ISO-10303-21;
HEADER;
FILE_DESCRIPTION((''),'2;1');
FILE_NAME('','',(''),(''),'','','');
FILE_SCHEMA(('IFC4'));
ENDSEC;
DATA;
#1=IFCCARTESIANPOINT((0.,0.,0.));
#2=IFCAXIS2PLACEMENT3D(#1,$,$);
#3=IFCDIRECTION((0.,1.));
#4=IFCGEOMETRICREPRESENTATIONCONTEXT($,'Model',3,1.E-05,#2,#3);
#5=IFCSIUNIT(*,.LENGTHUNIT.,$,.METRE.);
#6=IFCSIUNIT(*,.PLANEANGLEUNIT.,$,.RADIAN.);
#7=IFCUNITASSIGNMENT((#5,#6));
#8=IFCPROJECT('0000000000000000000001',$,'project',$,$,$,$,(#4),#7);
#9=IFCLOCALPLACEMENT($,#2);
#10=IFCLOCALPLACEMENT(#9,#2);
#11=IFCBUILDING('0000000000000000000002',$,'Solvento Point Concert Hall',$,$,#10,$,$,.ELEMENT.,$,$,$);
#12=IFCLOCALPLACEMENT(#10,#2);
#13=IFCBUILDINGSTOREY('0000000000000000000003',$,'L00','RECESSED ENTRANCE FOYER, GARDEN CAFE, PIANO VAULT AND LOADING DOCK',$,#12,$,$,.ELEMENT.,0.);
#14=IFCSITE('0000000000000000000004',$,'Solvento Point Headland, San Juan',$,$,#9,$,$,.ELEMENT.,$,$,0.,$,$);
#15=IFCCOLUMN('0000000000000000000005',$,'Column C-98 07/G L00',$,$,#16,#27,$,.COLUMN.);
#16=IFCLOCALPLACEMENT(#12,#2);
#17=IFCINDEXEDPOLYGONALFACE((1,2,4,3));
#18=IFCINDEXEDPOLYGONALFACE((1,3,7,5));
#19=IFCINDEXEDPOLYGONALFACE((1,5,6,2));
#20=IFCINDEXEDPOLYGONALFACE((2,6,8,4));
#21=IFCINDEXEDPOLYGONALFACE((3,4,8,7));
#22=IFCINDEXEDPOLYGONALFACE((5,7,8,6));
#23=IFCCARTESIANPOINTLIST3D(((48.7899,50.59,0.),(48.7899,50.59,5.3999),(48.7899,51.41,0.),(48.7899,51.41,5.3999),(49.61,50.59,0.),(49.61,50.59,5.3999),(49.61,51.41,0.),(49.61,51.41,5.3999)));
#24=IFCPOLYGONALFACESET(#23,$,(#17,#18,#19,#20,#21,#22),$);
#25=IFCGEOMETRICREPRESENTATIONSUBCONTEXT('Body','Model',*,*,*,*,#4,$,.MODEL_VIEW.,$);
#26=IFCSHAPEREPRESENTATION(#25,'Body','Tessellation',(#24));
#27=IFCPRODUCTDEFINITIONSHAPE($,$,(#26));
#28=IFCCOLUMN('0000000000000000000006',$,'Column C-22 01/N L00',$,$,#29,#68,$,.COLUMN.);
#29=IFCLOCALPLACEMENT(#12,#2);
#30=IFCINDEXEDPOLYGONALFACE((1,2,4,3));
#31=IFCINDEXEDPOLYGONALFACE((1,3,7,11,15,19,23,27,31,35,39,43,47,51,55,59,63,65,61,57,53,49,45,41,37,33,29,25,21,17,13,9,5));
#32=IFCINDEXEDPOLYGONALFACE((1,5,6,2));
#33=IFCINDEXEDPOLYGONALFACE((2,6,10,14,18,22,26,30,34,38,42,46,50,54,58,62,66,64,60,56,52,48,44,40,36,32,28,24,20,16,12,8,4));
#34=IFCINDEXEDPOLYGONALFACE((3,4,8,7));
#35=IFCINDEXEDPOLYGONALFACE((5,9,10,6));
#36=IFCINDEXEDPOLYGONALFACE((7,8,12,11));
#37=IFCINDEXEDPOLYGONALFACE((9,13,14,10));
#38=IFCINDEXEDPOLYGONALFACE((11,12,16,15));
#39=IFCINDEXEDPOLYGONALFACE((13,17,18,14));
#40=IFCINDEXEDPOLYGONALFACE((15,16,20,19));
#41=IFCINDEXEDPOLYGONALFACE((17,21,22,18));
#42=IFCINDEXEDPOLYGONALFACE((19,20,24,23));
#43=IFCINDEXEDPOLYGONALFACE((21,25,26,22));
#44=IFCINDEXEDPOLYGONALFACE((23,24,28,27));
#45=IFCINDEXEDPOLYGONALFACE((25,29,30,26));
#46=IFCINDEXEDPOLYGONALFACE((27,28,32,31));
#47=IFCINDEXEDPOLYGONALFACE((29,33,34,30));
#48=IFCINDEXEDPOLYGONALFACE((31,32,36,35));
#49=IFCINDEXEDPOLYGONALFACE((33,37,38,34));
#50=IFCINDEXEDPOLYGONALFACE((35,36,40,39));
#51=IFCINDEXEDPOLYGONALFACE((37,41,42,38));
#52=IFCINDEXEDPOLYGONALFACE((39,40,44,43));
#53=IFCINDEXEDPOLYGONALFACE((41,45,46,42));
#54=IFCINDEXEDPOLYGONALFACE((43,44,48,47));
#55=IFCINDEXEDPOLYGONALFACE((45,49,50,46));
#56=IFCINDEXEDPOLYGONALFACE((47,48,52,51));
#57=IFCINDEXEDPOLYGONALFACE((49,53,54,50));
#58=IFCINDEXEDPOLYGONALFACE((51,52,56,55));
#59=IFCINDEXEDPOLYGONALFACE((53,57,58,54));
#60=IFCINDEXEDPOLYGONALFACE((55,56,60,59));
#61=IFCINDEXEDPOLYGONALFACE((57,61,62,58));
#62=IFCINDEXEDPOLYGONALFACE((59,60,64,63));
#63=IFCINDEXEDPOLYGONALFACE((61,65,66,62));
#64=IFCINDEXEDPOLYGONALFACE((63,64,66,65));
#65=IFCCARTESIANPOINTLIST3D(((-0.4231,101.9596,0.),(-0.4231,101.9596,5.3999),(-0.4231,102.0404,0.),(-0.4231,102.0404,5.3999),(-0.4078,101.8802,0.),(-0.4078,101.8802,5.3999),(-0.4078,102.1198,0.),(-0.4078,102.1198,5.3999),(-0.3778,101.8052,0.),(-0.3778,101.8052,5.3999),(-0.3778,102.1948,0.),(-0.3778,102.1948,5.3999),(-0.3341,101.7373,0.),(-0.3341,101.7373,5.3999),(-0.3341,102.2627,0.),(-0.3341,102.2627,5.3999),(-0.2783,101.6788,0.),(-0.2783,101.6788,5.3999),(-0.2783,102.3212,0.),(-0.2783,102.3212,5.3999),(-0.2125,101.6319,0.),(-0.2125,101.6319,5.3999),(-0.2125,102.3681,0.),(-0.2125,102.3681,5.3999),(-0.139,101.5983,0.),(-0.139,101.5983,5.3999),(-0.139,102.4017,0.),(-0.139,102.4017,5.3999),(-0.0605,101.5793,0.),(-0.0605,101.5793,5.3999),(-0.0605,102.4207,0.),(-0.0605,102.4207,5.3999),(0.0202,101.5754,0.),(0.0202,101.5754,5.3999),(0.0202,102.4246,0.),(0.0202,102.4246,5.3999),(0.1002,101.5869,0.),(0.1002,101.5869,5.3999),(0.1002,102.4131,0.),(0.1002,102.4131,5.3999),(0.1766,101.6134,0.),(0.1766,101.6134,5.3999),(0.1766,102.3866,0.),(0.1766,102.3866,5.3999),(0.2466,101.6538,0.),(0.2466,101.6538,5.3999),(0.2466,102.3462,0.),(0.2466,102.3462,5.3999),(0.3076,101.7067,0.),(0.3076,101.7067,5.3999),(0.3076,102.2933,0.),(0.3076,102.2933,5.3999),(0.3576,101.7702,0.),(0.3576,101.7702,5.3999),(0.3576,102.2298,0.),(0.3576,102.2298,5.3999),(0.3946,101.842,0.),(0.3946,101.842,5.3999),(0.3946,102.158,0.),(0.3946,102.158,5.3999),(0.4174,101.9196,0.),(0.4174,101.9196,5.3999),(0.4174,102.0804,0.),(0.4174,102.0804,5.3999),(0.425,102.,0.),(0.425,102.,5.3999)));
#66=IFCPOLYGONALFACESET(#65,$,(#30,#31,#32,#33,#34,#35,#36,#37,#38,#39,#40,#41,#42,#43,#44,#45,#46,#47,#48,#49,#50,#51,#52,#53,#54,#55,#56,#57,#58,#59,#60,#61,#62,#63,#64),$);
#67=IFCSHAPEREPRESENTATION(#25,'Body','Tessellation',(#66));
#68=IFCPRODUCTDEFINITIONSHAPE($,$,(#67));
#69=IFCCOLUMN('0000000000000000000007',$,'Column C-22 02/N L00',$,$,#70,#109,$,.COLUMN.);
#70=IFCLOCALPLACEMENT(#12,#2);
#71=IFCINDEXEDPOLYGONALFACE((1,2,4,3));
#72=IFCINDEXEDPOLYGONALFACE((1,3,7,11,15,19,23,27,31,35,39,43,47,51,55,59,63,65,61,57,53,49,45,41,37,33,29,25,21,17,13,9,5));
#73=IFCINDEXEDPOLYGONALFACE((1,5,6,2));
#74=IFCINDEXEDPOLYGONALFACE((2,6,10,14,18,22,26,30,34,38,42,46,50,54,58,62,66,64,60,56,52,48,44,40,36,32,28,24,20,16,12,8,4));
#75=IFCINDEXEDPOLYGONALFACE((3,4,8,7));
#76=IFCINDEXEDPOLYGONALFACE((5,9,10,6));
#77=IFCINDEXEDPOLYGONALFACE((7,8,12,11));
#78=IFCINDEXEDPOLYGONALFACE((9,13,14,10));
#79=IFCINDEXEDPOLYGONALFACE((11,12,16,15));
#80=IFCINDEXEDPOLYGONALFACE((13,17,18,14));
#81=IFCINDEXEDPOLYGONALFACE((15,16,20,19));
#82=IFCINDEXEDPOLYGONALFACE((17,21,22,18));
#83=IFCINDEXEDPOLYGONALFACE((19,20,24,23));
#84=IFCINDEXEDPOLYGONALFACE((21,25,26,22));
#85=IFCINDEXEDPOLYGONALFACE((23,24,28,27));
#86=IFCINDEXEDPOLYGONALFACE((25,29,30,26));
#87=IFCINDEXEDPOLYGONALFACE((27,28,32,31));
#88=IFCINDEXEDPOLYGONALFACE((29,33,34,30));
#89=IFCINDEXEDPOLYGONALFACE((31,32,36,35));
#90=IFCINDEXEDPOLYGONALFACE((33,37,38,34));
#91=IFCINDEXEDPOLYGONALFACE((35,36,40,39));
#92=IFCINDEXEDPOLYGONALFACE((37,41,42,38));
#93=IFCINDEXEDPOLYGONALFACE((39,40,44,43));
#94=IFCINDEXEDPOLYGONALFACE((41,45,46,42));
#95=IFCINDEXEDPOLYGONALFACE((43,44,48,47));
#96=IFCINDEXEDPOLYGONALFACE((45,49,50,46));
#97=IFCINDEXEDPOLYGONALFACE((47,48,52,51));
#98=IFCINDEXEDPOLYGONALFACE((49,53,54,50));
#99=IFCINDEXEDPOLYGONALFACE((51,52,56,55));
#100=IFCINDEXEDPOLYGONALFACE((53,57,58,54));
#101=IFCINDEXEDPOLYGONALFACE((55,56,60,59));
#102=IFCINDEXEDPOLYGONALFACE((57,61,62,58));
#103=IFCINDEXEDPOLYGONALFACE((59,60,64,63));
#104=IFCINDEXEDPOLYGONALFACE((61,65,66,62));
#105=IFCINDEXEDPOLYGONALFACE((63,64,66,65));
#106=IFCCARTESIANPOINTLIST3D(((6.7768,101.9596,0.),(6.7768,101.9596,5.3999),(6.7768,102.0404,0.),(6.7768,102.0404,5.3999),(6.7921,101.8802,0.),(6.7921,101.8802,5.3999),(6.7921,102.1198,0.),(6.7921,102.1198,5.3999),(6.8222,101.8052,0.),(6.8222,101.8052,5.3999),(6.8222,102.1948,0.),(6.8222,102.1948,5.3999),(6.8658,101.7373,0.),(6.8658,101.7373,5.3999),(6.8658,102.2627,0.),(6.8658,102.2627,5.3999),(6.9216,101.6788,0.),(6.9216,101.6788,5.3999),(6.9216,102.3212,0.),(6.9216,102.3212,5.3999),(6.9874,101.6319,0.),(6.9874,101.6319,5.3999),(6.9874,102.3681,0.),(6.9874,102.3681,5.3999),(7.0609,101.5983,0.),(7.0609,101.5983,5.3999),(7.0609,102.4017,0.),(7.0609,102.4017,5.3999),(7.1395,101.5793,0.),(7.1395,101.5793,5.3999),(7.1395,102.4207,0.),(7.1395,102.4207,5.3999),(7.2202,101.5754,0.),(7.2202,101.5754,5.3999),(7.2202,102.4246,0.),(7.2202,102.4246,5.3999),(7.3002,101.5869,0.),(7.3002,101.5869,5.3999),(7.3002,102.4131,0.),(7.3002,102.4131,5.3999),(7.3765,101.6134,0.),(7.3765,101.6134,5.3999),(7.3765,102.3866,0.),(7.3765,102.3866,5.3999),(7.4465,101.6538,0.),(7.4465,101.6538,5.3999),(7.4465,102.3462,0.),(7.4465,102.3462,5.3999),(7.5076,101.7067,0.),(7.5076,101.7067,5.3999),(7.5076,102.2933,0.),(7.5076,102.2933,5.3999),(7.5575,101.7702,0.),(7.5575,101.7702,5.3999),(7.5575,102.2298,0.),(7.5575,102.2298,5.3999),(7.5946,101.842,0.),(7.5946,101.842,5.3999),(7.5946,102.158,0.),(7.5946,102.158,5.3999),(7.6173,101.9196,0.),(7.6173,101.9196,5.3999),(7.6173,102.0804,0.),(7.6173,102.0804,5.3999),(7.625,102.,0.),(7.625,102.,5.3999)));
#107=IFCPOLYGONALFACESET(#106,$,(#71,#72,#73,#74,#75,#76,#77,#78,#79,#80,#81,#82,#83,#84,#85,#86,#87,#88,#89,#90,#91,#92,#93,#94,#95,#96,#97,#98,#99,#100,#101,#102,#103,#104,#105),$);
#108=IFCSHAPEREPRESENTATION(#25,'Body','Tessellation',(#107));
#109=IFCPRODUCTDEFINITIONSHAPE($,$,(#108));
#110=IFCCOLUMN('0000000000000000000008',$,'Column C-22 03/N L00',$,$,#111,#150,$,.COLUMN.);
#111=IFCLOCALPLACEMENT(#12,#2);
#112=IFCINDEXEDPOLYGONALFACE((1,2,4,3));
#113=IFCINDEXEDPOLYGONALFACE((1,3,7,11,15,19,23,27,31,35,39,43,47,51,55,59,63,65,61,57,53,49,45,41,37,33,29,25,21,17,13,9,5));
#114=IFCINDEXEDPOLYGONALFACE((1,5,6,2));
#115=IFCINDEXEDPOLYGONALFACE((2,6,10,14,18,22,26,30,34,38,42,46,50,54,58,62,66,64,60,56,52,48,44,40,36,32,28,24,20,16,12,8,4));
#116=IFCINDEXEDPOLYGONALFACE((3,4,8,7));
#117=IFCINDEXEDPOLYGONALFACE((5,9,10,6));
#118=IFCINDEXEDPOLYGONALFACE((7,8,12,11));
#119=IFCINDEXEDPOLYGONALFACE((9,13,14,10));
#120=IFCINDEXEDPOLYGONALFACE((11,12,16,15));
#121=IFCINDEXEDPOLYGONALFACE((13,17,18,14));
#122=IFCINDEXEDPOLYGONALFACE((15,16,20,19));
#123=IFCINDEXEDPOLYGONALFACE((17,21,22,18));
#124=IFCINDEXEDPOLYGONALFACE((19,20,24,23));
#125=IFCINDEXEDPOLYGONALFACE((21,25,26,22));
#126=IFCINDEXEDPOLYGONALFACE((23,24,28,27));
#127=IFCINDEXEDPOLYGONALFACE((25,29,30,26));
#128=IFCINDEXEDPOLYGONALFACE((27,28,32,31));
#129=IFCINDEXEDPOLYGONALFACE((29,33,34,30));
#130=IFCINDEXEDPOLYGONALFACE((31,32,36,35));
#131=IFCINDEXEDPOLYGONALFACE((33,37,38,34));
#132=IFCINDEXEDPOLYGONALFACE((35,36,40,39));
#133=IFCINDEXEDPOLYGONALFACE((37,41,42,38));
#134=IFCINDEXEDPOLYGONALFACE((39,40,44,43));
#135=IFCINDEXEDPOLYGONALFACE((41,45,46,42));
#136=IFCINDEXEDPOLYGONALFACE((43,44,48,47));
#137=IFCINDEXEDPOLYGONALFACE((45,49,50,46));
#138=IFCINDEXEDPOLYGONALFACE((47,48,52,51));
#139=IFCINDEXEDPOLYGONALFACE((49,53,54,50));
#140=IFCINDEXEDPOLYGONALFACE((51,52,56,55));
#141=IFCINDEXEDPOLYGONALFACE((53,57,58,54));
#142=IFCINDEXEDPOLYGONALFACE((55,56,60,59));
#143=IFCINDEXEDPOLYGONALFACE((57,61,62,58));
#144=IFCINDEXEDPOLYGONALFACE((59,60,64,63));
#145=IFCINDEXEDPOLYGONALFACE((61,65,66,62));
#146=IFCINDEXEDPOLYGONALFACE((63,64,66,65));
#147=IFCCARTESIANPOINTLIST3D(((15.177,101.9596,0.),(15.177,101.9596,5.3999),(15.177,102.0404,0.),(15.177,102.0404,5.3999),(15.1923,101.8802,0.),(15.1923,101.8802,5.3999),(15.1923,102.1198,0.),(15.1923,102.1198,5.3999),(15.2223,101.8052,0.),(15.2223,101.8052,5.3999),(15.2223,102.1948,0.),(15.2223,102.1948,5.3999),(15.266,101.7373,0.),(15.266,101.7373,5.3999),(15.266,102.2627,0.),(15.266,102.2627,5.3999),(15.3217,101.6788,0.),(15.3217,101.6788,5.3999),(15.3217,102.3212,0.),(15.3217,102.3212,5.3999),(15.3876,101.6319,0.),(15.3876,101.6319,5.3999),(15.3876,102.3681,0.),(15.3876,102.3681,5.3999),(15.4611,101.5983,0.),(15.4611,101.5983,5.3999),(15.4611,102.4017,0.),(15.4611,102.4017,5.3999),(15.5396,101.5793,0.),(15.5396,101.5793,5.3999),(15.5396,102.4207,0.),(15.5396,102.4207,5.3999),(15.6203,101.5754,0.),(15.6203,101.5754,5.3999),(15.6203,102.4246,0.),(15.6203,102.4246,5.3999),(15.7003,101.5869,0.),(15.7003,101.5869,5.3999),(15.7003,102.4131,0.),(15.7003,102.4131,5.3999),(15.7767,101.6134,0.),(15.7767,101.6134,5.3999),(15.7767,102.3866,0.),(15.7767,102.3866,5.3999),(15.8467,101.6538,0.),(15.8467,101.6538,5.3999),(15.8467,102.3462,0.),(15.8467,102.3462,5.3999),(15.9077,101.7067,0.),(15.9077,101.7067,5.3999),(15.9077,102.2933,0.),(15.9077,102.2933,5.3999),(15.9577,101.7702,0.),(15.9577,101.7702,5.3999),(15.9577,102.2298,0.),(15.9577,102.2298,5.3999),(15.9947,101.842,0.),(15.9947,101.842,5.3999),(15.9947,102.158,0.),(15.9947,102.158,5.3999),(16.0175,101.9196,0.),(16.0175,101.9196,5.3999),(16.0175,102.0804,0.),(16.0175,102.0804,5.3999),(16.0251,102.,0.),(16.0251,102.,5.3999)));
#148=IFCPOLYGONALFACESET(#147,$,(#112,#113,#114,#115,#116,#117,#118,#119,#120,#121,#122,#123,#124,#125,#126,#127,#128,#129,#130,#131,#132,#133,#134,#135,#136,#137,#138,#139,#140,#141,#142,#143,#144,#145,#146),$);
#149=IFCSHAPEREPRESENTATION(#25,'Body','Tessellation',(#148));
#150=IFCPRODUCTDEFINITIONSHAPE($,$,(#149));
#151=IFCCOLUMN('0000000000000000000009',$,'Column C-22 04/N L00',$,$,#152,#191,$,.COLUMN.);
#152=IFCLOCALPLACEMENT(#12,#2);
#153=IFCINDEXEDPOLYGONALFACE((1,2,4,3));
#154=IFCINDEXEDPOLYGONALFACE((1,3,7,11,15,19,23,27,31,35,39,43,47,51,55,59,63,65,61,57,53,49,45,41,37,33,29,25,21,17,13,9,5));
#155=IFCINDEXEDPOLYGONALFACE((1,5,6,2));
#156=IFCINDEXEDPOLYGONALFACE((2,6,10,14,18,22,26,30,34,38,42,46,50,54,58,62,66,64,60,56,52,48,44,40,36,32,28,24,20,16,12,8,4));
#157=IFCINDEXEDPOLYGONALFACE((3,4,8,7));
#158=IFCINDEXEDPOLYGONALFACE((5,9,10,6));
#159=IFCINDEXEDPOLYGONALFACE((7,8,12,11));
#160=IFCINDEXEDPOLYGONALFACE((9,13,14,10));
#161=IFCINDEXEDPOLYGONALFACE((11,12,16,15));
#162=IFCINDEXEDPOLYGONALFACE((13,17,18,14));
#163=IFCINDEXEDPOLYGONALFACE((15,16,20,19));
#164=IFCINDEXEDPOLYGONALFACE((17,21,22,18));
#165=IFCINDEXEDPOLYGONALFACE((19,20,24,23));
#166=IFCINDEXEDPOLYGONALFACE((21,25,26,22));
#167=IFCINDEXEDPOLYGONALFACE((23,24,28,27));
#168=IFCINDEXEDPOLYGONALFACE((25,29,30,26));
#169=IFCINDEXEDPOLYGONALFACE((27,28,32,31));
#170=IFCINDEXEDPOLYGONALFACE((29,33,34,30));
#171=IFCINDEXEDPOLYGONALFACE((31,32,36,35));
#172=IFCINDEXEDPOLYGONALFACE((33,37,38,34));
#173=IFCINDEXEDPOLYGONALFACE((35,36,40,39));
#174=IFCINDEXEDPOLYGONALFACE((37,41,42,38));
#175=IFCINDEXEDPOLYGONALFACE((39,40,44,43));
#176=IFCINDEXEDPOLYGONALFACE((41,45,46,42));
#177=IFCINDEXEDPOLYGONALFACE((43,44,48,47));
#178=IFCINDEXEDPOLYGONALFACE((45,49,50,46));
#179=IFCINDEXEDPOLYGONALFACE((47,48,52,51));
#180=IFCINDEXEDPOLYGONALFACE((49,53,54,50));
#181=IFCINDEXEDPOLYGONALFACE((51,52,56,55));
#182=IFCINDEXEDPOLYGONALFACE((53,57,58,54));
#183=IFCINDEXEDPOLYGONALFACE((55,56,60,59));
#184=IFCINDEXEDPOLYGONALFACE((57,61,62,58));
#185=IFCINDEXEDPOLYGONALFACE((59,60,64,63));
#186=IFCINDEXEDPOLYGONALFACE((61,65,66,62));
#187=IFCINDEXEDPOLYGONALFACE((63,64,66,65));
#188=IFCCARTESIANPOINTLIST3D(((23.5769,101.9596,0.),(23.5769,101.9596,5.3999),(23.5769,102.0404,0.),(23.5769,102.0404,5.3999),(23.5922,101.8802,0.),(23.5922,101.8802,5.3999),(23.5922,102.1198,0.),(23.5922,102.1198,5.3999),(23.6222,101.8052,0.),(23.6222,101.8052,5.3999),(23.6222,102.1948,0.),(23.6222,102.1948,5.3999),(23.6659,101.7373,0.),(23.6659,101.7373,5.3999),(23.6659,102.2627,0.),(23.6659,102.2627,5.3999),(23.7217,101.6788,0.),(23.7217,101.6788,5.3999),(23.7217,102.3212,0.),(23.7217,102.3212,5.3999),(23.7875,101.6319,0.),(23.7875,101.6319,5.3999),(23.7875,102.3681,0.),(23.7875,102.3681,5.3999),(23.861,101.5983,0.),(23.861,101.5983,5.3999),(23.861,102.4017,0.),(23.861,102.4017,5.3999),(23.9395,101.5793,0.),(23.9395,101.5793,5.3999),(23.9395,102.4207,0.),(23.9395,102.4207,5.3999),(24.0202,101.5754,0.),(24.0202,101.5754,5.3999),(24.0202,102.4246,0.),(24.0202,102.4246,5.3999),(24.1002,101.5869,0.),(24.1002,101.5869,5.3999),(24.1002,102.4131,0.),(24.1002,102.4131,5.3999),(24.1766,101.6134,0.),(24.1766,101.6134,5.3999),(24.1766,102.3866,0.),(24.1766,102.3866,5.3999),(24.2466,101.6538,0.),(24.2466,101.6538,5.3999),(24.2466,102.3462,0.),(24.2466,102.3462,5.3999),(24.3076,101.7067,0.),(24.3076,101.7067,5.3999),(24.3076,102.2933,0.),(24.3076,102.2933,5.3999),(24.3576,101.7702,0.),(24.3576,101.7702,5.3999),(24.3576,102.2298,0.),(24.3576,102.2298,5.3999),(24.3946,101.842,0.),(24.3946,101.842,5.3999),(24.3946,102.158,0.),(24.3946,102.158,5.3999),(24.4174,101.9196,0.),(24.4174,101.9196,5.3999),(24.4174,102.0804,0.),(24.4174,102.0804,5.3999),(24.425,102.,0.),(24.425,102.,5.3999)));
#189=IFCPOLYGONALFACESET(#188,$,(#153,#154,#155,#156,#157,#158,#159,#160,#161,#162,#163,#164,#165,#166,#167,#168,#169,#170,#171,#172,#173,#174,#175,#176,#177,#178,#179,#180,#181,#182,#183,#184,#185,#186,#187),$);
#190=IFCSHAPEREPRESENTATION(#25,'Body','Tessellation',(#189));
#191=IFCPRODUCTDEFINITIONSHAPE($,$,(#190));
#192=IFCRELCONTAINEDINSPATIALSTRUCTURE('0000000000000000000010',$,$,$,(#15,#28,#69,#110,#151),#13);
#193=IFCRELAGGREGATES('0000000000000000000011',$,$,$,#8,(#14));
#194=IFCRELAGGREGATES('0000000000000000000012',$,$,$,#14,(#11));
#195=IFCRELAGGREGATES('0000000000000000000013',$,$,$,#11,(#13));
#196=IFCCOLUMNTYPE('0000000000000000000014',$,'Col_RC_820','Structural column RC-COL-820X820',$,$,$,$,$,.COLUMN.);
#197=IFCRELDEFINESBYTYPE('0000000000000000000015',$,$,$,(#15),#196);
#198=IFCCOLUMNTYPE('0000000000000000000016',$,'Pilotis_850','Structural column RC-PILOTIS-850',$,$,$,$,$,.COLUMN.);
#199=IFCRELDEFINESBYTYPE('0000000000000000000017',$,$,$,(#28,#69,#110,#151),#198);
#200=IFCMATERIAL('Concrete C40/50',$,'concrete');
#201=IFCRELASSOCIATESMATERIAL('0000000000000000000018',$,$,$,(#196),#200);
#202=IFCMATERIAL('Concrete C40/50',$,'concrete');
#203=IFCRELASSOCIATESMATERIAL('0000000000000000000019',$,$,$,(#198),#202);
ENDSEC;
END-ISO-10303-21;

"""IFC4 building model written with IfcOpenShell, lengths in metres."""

from ifc_helpers import new_model, si_unit, direction, frame, origin, origin_2d, place, context, subcontext, project, spatial, rectangle, circle, extrude, material, material_profile, profile_set, type_object, element, save


model = new_model("IFC4")

# Units and contexts
model_context = context("Model", 3, precision=1e-05, world=origin(), true_north=direction((0.0, 1.0)))
body_context = subcontext(model_context, "Body", "Model", "MODEL_VIEW")
ifc_project = project(units=[si_unit("LENGTHUNIT", "METRE"), si_unit("PLANEANGLEUNIT", "RADIAN")], contexts=[model_context])

# Site, building, storey
site_placement = place(None, origin())
site = spatial("IfcSite", under=ifc_project, at=site_placement, Name="Solvento Point Headland, San Juan", CompositionType="ELEMENT", RefElevation=0.0)
building_placement = place(site_placement, origin())
building = spatial("IfcBuilding", under=site, at=building_placement, Name="Solvento Point Concert Hall", CompositionType="ELEMENT")
storey_placement = place(building_placement, origin())
storey = spatial("IfcBuildingStorey", under=building, at=storey_placement, Name="L00", Description="RECESSED ENTRANCE FOYER, GARDEN CAFE, PIANO VAULT AND LOADING DOCK", CompositionType="ELEMENT", Elevation=0.0)

# Columns
ifc_material_1 = material(Name="Concrete C40/50", Category="concrete")
ifc_material_profile_1 = material_profile(ifc_material_1, rectangle(XDim=0.8201, YDim=0.8201, at=origin_2d()), Name="RC-COL-820X820")
ifc_profile_set_1 = profile_set([ifc_material_profile_1], Name="Concrete C40/50")
column_type_1 = type_object("IfcColumnType", Name="Col_RC_820", Description="Structural column RC-COL-820X820", PredefinedType="COLUMN", material=ifc_profile_set_1)
column_placement = place(storey_placement, frame((49.2, 51.0, 0.0), z_axis=(0.0, 0.0, 1.0), x_axis=(1.0, 0.0, 0.0)))
element("IfcColumn", 1, at=column_placement, inside=storey, type_object=column_type_1, Name="Column C-98 07/G L00", PredefinedType="COLUMN", context=body_context, shape_type="SweptSolid", body=[
    extrude(rectangle(XDim=0.8201, YDim=0.8201, at=origin_2d()), origin(), (0.0, 0.0, 1.0), 5.3999),
])
ifc_material_2 = material(Name="Concrete C40/50", Category="concrete")
ifc_material_profile_2 = material_profile(ifc_material_2, circle(Radius=0.425, at=origin_2d()), Name="RC-PILOTIS-850")
ifc_profile_set_2 = profile_set([ifc_material_profile_2], Name="Concrete C40/50")
column_type_2 = type_object("IfcColumnType", Name="Pilotis_850", Description="Structural column RC-PILOTIS-850", PredefinedType="COLUMN", material=ifc_profile_set_2)
for number, where, z_axis, x_axis, name in (
    (2, (0.0, 102.0, 0.0), (0.0, 0.0, 1.0), (1.0, 0.0, 0.0), "Column C-22 01/N L00"),
    (3, (7.2, 102.0, 0.0), (0.0, 0.0, 1.0), (1.0, 0.0, 0.0), "Column C-22 02/N L00"),
    (4, (15.6001, 102.0, 0.0), (0.0, 0.0, 1.0), (1.0, 0.0, 0.0), "Column C-22 03/N L00"),
    (5, (24.0, 102.0, 0.0), (0.0, 0.0, 1.0), (1.0, 0.0, 0.0), "Column C-22 04/N L00"),
):
    element("IfcColumn", number, at=place(storey_placement, frame(where, z_axis=z_axis, x_axis=x_axis)), inside=storey, type_object=column_type_2, Name=name, PredefinedType="COLUMN", context=body_context, shape_type="SweptSolid", body=[
        extrude(circle(Radius=0.425, at=origin_2d()), origin(), (0.0, 0.0, 1.0), 5.3999),
    ])

save(model, "model.ifc")
